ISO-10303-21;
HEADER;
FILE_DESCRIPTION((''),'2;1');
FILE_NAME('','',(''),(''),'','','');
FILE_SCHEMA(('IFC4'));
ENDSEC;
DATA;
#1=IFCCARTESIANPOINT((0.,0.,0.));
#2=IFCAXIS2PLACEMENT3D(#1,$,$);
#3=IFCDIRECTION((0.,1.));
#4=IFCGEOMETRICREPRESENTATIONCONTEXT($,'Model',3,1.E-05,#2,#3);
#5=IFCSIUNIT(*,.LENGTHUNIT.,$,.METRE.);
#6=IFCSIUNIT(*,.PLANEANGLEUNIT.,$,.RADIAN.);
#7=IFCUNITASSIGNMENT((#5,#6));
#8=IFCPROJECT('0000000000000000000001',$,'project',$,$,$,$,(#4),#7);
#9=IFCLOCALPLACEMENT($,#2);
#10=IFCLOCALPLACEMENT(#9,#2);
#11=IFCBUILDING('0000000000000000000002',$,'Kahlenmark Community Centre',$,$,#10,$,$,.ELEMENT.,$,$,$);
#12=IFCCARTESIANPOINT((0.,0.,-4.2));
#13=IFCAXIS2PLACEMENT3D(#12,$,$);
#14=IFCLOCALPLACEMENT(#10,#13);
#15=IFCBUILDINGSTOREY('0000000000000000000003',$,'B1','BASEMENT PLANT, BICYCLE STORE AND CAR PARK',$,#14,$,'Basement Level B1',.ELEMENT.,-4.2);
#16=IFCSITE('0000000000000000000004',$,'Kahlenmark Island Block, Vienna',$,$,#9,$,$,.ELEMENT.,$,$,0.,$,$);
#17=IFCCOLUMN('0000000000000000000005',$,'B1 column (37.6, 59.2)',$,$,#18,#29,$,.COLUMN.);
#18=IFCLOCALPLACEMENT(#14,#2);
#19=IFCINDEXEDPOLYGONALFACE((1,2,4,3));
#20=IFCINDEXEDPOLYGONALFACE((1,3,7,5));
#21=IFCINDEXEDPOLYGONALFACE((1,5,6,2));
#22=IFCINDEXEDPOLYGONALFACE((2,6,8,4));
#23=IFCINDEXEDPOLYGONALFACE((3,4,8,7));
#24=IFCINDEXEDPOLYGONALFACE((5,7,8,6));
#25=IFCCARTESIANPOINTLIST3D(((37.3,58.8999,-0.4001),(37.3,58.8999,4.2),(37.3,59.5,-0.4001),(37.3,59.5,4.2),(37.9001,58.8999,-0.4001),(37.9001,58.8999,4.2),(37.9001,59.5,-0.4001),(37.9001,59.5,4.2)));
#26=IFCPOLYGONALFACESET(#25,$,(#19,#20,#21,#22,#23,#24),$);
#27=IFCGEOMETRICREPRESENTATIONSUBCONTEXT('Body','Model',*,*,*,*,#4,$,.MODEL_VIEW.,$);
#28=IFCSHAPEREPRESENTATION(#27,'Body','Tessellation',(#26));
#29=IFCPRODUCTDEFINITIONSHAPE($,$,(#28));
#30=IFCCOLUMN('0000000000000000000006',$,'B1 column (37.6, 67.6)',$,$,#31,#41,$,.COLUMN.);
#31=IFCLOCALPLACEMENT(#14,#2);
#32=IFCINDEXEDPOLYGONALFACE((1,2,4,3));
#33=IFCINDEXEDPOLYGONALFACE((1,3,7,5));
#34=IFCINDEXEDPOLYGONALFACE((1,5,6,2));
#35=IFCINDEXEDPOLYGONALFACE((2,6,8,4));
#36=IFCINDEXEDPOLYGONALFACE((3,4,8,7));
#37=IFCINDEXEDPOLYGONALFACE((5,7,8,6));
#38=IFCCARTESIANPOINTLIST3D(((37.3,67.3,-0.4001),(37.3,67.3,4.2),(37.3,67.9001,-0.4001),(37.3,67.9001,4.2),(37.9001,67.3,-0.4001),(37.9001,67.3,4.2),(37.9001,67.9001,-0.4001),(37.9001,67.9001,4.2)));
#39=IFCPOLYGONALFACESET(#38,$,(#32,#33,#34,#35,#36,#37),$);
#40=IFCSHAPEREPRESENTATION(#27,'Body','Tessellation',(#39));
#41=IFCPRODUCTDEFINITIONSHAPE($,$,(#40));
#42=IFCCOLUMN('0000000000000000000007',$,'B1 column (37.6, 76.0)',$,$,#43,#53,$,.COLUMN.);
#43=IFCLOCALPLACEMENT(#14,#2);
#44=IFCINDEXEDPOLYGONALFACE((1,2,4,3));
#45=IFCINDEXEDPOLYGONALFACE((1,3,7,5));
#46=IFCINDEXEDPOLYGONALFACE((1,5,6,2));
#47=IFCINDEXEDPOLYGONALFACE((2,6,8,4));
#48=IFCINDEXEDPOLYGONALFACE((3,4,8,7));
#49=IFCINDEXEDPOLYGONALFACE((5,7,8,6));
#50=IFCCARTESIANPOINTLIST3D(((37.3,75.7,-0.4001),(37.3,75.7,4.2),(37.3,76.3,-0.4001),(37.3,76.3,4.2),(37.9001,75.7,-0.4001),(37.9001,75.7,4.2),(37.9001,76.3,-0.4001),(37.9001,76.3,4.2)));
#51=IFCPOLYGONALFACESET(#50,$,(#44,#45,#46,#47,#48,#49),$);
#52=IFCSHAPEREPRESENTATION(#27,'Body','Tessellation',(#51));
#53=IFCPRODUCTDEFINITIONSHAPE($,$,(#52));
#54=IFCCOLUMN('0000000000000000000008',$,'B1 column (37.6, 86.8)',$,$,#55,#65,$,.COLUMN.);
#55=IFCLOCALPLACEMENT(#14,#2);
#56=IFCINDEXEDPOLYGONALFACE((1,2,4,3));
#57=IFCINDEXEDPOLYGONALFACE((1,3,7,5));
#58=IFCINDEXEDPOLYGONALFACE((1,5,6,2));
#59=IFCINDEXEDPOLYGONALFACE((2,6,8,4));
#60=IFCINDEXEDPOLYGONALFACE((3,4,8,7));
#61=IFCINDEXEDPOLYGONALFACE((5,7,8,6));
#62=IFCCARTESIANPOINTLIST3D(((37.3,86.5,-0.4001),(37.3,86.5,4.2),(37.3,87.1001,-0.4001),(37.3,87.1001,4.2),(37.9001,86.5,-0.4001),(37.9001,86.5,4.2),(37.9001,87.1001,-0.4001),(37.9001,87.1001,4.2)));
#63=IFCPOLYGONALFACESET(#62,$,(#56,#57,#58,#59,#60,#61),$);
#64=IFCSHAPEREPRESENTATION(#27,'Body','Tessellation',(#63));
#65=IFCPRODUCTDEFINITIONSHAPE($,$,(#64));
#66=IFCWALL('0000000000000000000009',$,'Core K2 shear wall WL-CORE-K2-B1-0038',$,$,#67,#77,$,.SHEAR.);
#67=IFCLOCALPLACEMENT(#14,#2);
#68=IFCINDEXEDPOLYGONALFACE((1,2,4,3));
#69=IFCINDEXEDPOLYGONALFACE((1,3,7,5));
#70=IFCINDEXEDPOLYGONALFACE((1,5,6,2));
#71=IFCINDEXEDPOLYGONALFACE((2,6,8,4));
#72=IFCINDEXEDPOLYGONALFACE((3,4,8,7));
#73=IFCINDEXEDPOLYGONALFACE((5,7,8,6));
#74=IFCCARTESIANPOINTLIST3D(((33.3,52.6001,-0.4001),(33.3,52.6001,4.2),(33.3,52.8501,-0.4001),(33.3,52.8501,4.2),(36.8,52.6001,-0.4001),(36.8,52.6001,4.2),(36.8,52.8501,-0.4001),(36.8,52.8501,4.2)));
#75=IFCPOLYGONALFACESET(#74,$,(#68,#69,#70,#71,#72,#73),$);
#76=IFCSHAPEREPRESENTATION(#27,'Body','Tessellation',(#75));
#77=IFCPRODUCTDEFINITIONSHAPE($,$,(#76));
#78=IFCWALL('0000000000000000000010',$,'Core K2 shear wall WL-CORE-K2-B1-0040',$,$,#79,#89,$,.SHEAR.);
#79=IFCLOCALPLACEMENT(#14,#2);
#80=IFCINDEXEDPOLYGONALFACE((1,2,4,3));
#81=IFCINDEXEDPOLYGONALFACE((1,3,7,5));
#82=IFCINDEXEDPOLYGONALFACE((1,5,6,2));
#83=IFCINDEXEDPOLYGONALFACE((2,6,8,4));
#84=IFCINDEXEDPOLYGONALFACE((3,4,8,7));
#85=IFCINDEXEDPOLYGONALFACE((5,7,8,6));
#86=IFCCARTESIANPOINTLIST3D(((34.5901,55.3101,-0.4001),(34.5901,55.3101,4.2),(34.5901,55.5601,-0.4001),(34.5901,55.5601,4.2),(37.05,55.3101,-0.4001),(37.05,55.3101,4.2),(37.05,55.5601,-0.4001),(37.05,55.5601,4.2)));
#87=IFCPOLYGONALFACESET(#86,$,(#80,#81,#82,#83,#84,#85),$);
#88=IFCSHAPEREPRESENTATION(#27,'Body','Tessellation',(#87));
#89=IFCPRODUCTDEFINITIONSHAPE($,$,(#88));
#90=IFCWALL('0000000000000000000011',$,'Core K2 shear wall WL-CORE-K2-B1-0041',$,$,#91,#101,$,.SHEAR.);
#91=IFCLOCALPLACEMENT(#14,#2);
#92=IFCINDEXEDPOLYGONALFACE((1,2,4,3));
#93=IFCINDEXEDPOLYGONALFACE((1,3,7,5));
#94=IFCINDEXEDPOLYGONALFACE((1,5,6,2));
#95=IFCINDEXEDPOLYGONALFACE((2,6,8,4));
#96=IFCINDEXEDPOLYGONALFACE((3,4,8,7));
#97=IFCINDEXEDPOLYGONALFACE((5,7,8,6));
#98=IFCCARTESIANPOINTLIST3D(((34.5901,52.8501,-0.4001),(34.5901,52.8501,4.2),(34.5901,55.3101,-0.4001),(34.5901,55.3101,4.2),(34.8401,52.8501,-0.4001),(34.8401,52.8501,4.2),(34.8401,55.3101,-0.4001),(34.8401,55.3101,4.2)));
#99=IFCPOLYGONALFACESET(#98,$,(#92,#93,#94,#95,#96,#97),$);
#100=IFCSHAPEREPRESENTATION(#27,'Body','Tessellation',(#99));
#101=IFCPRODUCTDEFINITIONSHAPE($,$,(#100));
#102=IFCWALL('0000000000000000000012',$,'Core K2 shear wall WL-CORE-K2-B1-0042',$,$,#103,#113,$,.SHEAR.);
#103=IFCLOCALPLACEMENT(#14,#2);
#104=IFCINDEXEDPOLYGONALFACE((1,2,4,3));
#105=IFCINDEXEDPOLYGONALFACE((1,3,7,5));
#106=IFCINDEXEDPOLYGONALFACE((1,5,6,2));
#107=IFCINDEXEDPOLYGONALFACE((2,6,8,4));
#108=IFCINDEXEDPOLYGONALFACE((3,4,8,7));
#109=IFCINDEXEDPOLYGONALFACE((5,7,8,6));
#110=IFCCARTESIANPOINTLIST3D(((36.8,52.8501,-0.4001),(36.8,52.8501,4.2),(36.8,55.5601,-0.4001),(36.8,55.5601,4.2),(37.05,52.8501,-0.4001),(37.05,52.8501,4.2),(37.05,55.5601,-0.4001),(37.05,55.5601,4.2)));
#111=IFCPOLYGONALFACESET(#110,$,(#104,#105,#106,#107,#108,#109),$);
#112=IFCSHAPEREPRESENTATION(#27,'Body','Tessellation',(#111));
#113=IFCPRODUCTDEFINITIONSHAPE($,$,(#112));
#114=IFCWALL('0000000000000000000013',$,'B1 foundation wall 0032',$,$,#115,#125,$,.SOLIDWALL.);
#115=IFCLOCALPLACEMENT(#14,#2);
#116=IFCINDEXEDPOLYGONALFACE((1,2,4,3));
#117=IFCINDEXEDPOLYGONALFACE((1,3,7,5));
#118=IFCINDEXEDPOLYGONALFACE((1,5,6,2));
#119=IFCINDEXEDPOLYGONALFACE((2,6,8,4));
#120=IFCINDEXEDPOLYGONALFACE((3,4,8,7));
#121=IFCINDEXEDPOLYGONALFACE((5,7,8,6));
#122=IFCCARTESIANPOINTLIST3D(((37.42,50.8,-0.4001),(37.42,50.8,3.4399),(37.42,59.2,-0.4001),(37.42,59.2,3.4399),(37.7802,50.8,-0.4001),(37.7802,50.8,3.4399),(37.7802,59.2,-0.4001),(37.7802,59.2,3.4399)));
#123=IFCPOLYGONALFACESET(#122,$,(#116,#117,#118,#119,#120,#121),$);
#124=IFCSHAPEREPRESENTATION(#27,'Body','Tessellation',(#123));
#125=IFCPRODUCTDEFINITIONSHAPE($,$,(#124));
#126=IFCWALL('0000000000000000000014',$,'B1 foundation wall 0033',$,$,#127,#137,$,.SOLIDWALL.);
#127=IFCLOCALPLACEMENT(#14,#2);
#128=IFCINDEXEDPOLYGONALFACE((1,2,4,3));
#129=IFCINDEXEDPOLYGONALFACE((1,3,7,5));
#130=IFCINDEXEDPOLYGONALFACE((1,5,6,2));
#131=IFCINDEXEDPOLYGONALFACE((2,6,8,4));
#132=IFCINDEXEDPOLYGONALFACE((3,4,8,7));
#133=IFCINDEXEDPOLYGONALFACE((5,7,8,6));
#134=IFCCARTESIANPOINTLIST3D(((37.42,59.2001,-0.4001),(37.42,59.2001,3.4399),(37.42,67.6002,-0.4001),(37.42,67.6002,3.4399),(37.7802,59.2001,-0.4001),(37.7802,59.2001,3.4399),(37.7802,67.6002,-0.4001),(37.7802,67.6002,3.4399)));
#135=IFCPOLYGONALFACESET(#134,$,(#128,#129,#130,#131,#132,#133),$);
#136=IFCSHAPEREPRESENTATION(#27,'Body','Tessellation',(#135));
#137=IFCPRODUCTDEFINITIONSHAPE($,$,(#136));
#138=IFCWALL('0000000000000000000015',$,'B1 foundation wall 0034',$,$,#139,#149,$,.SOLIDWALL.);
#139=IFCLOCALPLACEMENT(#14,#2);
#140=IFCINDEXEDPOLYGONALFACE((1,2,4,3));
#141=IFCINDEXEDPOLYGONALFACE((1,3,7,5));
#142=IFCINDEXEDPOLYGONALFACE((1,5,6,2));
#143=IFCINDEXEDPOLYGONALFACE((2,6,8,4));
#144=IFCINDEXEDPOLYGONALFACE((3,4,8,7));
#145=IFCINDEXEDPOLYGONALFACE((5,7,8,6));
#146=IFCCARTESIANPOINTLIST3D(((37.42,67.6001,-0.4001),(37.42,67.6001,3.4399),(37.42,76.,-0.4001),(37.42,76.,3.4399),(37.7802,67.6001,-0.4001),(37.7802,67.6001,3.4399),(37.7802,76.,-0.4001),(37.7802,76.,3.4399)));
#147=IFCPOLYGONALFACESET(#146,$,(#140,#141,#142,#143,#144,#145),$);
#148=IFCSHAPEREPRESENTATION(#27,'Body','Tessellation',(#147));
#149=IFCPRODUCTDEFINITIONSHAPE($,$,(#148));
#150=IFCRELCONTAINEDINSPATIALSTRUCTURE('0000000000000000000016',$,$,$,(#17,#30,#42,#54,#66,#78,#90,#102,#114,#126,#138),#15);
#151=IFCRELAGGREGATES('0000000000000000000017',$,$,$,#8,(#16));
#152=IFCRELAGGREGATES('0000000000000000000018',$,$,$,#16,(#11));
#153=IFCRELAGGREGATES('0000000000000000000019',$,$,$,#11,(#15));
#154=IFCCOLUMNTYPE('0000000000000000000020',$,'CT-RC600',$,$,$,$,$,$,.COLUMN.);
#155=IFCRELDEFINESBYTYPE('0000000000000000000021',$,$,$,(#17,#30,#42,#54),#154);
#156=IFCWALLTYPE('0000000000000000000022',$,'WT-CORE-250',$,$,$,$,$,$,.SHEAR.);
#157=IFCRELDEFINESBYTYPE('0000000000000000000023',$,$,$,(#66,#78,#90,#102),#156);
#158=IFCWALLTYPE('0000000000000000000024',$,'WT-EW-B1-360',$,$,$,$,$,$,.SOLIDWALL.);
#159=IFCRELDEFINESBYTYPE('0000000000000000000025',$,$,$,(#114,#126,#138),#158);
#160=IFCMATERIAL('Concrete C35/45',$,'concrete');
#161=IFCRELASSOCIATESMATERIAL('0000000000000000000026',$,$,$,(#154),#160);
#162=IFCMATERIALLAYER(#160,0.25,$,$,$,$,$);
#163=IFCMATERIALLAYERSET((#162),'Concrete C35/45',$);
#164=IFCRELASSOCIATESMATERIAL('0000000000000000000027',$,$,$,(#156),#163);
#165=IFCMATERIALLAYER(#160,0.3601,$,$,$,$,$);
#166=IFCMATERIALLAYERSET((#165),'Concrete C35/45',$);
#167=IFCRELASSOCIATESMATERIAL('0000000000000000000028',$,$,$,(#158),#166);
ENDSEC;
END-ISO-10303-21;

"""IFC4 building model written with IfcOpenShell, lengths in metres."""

from ifc_helpers import new_model, si_unit, direction, frame, frame_2d, origin, origin_2d, place, context, subcontext, project, spatial, rectangle, extrude, material, layer, layer_set, material_profile, profile_set, type_object, element, save


model = new_model("IFC4")

# Units and contexts
model_context = context("Model", 3, precision=1e-05, world=origin(), true_north=direction((0.0, 1.0)))
body_context = subcontext(model_context, "Body", "Model", "MODEL_VIEW")
ifc_project = project(units=[si_unit("LENGTHUNIT", "METRE"), si_unit("PLANEANGLEUNIT", "RADIAN")], contexts=[model_context])

# Site, building, storey
site_placement = place(None, origin())
site = spatial("IfcSite", under=ifc_project, at=site_placement, Name="Kahlenmark Island Block, Vienna", CompositionType="ELEMENT", RefElevation=0.0)
building_placement = place(site_placement, origin())
building = spatial("IfcBuilding", under=site, at=building_placement, Name="Kahlenmark Community Centre", CompositionType="ELEMENT")
storey_placement = place(building_placement, frame((0.0, 0.0, -4.2)))
storey = spatial("IfcBuildingStorey", under=building, at=storey_placement, Name="B1", Description="BASEMENT PLANT, BICYCLE STORE AND CAR PARK", LongName="Basement Level B1", CompositionType="ELEMENT", Elevation=-4.2)

# Columns
ifc_material_1 = material(Name="Concrete C35/45", Category="concrete")
ifc_material_profile_1 = material_profile(ifc_material_1, rectangle(XDim=0.6001, YDim=0.6001, at=origin_2d()), Name="RC 600x600")
ifc_profile_set_1 = profile_set([ifc_material_profile_1], Name="Concrete C35/45")
column_type = type_object("IfcColumnType", Name="CT-RC600", PredefinedType="COLUMN", material=ifc_profile_set_1)
for number, where, z_axis, x_axis, name in (
    (1, (37.6001, 59.2, -0.4001), (0.0, 0.0, 1.0), (1.0, 0.0, 0.0), "B1 column (37.6, 59.2)"),
    (2, (37.6001, 67.6001, -0.4001), (0.0, 0.0, 1.0), (1.0, 0.0, 0.0), "B1 column (37.6, 67.6)"),
    (3, (37.6001, 76.0, -0.4001), (0.0, 0.0, 1.0), (1.0, 0.0, 0.0), "B1 column (37.6, 76.0)"),
    (4, (37.6001, 86.8, -0.4001), (0.0, 0.0, 1.0), (1.0, 0.0, 0.0), "B1 column (37.6, 86.8)"),
):
    element("IfcColumn", number, at=place(storey_placement, frame(where, z_axis=z_axis, x_axis=x_axis)), inside=storey, type_object=column_type, Name=name, PredefinedType="COLUMN", context=body_context, shape_type="SweptSolid", body=[
        extrude(rectangle(XDim=0.6001, YDim=0.6001, at=origin_2d()), origin(), (0.0, 0.0, 1.0), 4.6001),
    ])

# Walls
ifc_layer_1 = layer(ifc_material_1, 0.25)
ifc_layer_set_1 = layer_set([ifc_layer_1], Name="Concrete C35/45")
wall_type_1 = type_object("IfcWallType", Name="WT-CORE-250", PredefinedType="SHEAR", material=ifc_layer_set_1)
wall_1_placement = place(storey_placement, frame((36.8, 52.7251, -0.4001), z_axis=(0.0, 0.0, 1.0), x_axis=(-1.0, 0.0, 0.0)))
element("IfcWall", 5, at=wall_1_placement, inside=storey, type_object=wall_type_1, Name="Core K2 shear wall WL-CORE-K2-B1-0038", PredefinedType="SHEAR", context=body_context, shape_type="SweptSolid", body=[
    extrude(rectangle(XDim=3.5, YDim=0.25, at=frame_2d((1.75, 0.0))), origin(), (0.0, 0.0, 1.0), 4.6001),
])
for number, where, z_axis, x_axis, name in (
    (6, (34.5901, 55.4351, -0.4001), (0.0, 0.0, 1.0), (1.0, 0.0, 0.0), "Core K2 shear wall WL-CORE-K2-B1-0040"),
    (7, (34.7151, 52.8501, -0.4001), (0.0, 0.0, 1.0), (0.0, 1.0, 0.0), "Core K2 shear wall WL-CORE-K2-B1-0041"),
):
    element("IfcWall", number, at=place(storey_placement, frame(where, z_axis=z_axis, x_axis=x_axis)), inside=storey, type_object=wall_type_1, Name=name, PredefinedType="SHEAR", context=body_context, shape_type="SweptSolid", body=[
        extrude(rectangle(XDim=2.46, YDim=0.25, at=frame_2d((1.23, 0.0))), origin(), (0.0, 0.0, 1.0), 4.6001),
    ])
wall_2_placement = place(storey_placement, frame((36.925, 52.8501, -0.4001), z_axis=(0.0, 0.0, 1.0), x_axis=(0.0, 1.0, 0.0)))
element("IfcWall", 8, at=wall_2_placement, inside=storey, type_object=wall_type_1, Name="Core K2 shear wall WL-CORE-K2-B1-0042", PredefinedType="SHEAR", context=body_context, shape_type="SweptSolid", body=[
    extrude(rectangle(XDim=2.71, YDim=0.25, at=frame_2d((1.355, 0.0))), origin(), (0.0, 0.0, 1.0), 4.6001),
])
ifc_layer_2 = layer(ifc_material_1, 0.3601)
ifc_layer_set_2 = layer_set([ifc_layer_2], Name="Concrete C35/45")
wall_type_2 = type_object("IfcWallType", Name="WT-EW-B1-360", PredefinedType="SOLIDWALL", material=ifc_layer_set_2)
wall_3_placement = place(storey_placement, frame((37.6001, 50.8, -0.4001), z_axis=(0.0, 0.0, 1.0), x_axis=(0.0, 1.0, 0.0)))
element("IfcWall", 9, at=wall_3_placement, inside=storey, type_object=wall_type_2, Name="B1 foundation wall 0032", PredefinedType="SOLIDWALL", context=body_context, shape_type="SweptSolid", body=[
    extrude(rectangle(XDim=8.3999, YDim=0.3601, at=frame_2d((4.2, 0.0))), origin(), (0.0, 0.0, 1.0), 3.8401),
])
wall_4_placement = place(storey_placement, frame((37.6001, 59.2, -0.4001), z_axis=(0.0, 0.0, 1.0), x_axis=(0.0, 1.0, 0.0)))
element("IfcWall", 10, at=wall_4_placement, inside=storey, type_object=wall_type_2, Name="B1 foundation wall 0033", PredefinedType="SOLIDWALL", context=body_context, shape_type="SweptSolid", body=[
    extrude(rectangle(XDim=8.4001, YDim=0.3601, at=frame_2d((4.2002, 0.0))), origin(), (0.0, 0.0, 1.0), 3.8401),
])
wall_5_placement = place(storey_placement, frame((37.6001, 67.6001, -0.4001), z_axis=(0.0, 0.0, 1.0), x_axis=(0.0, 1.0, 0.0)))
element("IfcWall", 11, at=wall_5_placement, inside=storey, type_object=wall_type_2, Name="B1 foundation wall 0034", PredefinedType="SOLIDWALL", context=body_context, shape_type="SweptSolid", body=[
    extrude(rectangle(XDim=8.3999, YDim=0.3601, at=frame_2d((4.2, 0.0))), origin(), (0.0, 0.0, 1.0), 3.8401),
])

save(model, "model.ifc")
